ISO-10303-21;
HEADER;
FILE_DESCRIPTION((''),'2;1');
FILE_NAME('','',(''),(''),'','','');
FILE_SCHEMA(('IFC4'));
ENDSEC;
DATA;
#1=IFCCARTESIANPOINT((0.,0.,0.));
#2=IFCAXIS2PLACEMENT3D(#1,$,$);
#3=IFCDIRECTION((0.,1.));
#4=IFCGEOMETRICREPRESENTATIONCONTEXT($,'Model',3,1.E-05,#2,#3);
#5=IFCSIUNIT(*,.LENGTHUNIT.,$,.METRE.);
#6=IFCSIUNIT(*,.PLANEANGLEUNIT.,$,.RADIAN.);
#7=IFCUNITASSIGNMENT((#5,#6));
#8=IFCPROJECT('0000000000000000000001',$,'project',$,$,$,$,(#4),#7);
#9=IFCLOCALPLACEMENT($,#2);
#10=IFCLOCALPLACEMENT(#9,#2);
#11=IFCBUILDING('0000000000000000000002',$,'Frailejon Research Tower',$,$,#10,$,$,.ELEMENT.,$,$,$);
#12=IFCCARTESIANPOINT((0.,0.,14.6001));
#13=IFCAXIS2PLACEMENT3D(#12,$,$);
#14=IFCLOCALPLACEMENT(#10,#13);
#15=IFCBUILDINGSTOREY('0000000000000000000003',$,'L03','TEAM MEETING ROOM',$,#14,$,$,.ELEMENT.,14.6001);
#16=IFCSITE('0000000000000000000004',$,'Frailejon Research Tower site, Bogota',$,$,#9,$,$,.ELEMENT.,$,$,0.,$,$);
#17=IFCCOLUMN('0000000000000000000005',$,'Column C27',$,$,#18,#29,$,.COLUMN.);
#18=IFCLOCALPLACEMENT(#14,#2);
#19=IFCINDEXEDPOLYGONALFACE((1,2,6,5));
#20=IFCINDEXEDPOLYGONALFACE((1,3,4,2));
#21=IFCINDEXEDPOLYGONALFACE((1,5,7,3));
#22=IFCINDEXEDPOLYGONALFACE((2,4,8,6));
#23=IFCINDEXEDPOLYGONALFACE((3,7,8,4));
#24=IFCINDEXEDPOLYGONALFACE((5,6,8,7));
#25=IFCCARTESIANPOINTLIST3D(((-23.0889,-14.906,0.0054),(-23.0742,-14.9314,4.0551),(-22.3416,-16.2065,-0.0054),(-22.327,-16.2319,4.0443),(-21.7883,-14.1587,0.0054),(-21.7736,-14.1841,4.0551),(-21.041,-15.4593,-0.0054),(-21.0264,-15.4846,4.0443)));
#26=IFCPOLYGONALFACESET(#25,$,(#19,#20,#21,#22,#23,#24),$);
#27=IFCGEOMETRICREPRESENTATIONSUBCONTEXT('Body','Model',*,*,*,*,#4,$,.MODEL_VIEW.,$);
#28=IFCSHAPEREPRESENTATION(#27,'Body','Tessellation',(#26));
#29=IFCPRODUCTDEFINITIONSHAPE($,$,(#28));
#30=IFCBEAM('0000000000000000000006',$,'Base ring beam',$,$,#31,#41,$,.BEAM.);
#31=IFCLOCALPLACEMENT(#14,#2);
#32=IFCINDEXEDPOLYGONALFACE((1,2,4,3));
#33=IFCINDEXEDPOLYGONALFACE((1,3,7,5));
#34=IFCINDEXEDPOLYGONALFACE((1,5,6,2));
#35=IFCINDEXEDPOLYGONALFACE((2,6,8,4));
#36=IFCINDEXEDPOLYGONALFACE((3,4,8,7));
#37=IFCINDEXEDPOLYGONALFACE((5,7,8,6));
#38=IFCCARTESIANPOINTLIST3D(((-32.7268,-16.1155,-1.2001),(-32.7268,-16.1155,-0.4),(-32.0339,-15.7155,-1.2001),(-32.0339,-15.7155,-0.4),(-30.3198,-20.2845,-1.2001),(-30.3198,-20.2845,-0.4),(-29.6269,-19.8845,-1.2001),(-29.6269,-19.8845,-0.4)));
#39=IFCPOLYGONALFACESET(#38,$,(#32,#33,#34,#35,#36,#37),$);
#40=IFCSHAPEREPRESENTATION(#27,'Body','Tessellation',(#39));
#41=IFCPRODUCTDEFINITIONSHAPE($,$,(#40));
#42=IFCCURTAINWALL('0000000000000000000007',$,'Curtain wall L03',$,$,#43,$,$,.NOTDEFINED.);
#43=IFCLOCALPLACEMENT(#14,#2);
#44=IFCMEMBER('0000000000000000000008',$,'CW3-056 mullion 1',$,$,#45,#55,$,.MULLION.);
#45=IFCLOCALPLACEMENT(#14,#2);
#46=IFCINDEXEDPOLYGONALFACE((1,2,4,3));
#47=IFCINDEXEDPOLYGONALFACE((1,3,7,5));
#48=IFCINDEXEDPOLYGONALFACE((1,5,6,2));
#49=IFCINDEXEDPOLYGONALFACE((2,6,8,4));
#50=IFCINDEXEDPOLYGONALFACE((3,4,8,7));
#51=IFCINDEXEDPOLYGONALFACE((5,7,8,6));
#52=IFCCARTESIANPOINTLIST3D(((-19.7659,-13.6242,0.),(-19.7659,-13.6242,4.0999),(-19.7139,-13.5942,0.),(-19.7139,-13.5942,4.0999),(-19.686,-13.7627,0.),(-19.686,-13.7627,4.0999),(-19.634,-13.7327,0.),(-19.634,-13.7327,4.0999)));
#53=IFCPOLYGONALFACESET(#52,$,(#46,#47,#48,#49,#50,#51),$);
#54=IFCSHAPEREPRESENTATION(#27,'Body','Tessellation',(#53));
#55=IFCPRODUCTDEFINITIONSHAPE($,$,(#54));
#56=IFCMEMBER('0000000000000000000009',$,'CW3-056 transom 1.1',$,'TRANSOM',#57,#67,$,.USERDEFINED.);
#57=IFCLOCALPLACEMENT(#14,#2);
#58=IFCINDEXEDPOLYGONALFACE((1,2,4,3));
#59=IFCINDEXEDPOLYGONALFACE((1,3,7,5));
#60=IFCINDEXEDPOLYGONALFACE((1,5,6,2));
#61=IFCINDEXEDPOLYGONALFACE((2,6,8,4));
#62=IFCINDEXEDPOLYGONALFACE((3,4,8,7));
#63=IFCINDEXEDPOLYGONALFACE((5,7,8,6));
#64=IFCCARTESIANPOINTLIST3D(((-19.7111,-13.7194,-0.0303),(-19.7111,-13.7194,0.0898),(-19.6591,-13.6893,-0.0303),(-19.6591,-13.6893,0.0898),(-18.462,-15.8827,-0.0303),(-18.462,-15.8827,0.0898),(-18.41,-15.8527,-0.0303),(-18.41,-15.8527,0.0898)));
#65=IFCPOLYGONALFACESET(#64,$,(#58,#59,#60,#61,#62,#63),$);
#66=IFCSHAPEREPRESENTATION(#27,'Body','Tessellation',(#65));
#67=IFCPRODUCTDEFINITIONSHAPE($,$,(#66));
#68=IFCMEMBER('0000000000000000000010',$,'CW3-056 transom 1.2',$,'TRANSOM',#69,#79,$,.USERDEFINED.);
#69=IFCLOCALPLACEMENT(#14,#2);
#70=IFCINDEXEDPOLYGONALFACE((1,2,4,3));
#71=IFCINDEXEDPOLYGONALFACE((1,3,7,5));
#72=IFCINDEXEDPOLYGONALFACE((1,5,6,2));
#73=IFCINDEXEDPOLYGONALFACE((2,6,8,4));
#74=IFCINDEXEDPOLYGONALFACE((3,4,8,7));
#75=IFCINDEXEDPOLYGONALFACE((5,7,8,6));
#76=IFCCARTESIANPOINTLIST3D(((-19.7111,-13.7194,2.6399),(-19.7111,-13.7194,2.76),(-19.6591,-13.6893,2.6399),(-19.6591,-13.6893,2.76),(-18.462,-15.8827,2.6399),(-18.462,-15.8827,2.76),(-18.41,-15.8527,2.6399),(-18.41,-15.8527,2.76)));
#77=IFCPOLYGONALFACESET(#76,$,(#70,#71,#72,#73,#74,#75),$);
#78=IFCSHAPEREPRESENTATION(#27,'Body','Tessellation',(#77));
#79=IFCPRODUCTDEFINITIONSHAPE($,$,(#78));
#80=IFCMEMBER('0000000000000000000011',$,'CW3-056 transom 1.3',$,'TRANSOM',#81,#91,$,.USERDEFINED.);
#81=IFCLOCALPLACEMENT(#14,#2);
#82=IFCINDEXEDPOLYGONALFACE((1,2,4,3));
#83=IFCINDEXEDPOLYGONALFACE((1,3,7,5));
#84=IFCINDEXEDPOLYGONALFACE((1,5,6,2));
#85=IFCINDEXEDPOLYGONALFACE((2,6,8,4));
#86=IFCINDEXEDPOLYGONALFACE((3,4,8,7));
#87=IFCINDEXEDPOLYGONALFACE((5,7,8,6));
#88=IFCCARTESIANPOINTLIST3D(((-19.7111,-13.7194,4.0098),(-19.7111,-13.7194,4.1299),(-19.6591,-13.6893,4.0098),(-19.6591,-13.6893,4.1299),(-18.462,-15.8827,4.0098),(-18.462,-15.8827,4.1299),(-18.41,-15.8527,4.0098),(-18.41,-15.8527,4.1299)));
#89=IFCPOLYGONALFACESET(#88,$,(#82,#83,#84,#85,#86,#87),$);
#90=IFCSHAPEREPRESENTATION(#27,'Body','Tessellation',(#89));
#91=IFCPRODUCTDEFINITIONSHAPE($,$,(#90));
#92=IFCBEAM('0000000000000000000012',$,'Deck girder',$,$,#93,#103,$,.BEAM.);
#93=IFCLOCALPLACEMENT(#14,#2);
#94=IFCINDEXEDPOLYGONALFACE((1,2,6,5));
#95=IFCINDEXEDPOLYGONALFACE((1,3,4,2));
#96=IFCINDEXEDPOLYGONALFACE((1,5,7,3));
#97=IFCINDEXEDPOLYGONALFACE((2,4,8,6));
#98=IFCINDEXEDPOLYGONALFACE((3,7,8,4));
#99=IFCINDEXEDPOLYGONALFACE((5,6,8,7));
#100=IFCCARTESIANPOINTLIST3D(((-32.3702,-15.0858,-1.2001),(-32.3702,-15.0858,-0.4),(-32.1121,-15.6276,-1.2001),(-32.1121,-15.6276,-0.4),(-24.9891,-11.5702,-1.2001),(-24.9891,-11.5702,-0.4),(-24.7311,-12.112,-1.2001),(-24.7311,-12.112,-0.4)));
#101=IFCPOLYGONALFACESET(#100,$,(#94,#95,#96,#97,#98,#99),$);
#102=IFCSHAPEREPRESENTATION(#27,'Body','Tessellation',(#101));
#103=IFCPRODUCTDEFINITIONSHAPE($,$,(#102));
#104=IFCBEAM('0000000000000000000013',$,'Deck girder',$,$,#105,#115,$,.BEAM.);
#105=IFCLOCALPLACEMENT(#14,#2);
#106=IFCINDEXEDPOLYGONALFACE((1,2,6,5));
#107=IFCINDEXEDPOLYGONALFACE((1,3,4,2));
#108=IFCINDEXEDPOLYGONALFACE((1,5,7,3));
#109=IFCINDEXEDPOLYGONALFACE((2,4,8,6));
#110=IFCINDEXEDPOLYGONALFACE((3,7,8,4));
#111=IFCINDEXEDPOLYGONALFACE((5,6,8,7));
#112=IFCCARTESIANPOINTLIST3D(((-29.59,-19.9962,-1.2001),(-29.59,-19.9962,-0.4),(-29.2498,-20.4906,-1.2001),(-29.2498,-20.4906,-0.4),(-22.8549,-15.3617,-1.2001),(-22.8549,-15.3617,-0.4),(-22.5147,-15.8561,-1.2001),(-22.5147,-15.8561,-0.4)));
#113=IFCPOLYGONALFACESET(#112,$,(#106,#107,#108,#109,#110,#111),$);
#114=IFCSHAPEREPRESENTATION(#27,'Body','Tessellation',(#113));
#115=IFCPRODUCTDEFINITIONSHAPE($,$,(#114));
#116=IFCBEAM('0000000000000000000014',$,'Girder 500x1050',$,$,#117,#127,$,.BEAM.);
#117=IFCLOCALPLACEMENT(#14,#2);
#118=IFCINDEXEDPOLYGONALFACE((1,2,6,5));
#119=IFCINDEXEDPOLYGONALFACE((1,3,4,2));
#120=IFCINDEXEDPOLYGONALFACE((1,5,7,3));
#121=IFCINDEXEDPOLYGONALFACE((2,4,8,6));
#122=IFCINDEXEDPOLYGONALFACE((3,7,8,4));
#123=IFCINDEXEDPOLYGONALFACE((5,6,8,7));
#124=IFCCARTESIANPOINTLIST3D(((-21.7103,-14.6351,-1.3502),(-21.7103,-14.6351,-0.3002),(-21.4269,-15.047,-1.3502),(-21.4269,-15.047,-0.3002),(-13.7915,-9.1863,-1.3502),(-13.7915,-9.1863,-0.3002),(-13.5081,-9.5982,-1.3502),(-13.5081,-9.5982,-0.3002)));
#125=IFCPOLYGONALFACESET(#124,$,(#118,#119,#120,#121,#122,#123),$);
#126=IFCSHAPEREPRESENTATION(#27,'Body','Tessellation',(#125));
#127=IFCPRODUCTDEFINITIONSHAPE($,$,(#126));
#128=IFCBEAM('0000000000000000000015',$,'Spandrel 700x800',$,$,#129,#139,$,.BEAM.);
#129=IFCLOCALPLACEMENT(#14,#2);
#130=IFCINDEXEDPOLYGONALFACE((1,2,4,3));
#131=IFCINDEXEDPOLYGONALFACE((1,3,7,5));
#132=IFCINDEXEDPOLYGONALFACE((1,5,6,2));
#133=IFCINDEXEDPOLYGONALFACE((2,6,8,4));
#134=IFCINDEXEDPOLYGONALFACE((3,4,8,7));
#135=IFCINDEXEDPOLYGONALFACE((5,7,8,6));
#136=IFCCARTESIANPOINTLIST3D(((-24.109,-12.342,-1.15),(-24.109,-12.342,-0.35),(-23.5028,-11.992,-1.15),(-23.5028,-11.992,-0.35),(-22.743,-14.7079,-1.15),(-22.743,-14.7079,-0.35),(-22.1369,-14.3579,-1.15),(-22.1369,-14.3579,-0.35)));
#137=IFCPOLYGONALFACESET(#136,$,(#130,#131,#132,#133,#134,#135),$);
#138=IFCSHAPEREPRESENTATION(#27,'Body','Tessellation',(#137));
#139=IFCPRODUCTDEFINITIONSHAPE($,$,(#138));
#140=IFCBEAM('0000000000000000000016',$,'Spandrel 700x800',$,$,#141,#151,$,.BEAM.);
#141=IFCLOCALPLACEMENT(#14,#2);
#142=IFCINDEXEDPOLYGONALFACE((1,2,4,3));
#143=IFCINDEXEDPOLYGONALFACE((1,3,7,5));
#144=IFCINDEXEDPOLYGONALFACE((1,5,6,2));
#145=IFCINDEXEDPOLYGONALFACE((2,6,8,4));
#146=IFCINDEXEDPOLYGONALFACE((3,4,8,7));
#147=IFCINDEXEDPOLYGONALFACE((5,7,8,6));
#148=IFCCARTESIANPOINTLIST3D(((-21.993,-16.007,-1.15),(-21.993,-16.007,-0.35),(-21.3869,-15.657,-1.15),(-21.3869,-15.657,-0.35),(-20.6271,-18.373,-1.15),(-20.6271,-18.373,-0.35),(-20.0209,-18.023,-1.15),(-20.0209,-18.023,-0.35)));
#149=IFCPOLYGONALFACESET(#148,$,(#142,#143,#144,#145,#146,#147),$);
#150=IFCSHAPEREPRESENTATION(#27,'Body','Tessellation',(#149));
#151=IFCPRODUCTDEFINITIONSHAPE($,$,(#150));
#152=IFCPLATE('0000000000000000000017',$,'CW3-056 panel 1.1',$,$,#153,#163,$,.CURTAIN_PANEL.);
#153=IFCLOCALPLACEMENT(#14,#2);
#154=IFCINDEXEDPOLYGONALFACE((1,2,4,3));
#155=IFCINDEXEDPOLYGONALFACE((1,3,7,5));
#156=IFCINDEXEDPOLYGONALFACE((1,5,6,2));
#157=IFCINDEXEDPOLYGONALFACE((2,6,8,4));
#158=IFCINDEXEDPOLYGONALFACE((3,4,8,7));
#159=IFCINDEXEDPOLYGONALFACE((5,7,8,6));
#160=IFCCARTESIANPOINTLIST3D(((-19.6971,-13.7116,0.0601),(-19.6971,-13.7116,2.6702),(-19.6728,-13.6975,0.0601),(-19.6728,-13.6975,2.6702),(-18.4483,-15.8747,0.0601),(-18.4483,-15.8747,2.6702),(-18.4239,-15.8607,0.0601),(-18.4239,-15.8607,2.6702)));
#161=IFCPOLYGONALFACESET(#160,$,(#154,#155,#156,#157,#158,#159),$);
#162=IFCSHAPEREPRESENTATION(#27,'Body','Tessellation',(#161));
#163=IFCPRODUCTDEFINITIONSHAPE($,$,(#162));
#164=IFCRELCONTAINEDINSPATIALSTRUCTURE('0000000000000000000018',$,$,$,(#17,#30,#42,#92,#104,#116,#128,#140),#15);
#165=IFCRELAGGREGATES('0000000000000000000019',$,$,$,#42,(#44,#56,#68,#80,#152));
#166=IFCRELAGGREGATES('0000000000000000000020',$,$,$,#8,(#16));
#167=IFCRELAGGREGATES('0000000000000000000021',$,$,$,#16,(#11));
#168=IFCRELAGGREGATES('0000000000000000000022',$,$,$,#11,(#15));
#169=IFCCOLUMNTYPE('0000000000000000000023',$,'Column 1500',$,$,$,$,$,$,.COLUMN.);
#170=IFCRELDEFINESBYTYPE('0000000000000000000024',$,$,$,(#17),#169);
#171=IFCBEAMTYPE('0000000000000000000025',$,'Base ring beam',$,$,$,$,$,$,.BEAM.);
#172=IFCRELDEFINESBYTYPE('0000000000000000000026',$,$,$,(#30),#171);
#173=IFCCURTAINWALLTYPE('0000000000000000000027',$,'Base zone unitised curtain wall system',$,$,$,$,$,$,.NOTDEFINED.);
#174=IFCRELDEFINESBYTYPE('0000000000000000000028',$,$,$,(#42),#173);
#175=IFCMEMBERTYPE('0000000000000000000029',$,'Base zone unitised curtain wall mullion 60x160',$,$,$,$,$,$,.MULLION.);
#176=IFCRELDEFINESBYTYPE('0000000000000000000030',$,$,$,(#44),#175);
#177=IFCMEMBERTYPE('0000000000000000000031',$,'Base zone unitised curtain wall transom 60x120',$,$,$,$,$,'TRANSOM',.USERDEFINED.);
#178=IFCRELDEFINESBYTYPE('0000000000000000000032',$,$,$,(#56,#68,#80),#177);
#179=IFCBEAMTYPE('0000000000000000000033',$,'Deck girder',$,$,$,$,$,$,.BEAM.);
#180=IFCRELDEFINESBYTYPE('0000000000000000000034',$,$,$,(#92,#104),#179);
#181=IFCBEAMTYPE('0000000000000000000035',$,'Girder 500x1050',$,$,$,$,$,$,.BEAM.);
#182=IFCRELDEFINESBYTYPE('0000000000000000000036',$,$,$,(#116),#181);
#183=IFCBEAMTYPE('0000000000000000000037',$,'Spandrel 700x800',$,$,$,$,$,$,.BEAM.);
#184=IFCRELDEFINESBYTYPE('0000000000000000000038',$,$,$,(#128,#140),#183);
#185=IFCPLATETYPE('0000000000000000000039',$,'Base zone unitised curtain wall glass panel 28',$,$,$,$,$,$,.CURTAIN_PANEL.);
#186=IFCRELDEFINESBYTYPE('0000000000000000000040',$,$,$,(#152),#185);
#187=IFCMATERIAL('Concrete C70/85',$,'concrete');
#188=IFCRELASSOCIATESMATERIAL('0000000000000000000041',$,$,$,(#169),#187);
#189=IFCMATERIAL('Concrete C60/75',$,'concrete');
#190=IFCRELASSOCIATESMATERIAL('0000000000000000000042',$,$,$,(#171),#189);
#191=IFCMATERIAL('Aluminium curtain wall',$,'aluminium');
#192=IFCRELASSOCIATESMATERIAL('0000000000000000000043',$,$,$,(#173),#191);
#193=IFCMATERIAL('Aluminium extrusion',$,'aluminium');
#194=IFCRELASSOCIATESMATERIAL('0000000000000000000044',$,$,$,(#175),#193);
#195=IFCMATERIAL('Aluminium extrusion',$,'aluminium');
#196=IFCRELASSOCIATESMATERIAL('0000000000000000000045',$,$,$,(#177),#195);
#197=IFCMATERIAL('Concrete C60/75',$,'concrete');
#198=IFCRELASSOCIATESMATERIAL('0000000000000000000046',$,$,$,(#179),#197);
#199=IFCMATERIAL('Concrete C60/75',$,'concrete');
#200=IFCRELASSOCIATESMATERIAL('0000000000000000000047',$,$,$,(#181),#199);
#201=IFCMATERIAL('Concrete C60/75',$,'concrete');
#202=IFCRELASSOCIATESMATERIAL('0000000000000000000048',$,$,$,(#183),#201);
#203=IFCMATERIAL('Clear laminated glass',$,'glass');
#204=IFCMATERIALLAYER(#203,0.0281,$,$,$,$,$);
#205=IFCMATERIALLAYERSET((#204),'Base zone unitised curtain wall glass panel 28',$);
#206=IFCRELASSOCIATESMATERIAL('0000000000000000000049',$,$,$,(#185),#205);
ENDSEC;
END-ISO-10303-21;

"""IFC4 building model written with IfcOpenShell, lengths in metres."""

from ifc_helpers import new_model, si_unit, direction, frame, origin, origin_2d, place, context, subcontext, project, spatial, rectangle, extrude, material, layer, layer_set, material_profile, profile_set, type_object, element, aggregate, save


model = new_model("IFC4")

# Units and contexts
model_context = context("Model", 3, precision=1e-05, world=origin(), true_north=direction((0.0, 1.0)))
body_context = subcontext(model_context, "Body", "Model", "MODEL_VIEW")
ifc_project = project(units=[si_unit("LENGTHUNIT", "METRE"), si_unit("PLANEANGLEUNIT", "RADIAN")], contexts=[model_context])

# Site, building, storey
site_placement = place(None, origin())
site = spatial("IfcSite", under=ifc_project, at=site_placement, Name="Frailejon Research Tower site, Bogota", CompositionType="ELEMENT", RefElevation=0.0)
building_placement = place(site_placement, origin())
building = spatial("IfcBuilding", under=site, at=building_placement, Name="Frailejon Research Tower", CompositionType="ELEMENT")
storey_placement = place(building_placement, frame((0.0, 0.0, 14.6001)))
storey = spatial("IfcBuildingStorey", under=building, at=storey_placement, Name="L03", Description="TEAM MEETING ROOM", CompositionType="ELEMENT", Elevation=14.6001)

# Column
ifc_material_1 = material(Name="Concrete C70/85", Category="concrete")
ifc_material_profile_1 = material_profile(ifc_material_1, rectangle(XDim=1.5, YDim=1.5, at=origin_2d()), Name="Column 1500")
ifc_profile_set_1 = profile_set([ifc_material_profile_1], Name="Concrete C70/85")
column_type = type_object("IfcColumnType", Name="Column 1500", PredefinedType="COLUMN", material=ifc_profile_set_1)
column_placement = place(storey_placement, frame((-22.0649, -15.1826, 0.0), z_axis=(0.003617, -0.006269, 0.999974), x_axis=(0.498177, -0.867045, -0.007238)))
element("IfcColumn", 1, at=column_placement, inside=storey, type_object=column_type, Name="Column C27", PredefinedType="COLUMN", context=body_context, shape_type="SweptSolid", body=[
    extrude(rectangle(XDim=1.5, YDim=1.5, at=origin_2d()), origin(), (0.0, 0.0, 1.0), 4.0498),
])

# Beam
ifc_material_2 = material(Name="Concrete C60/75", Category="concrete")
ifc_material_profile_2 = material_profile(ifc_material_2, rectangle(XDim=0.8, YDim=0.8, at=origin_2d()), Name="Base ring beam")
ifc_profile_set_2 = profile_set([ifc_material_profile_2], Name="Concrete C60/75")
beam_type_1 = type_object("IfcBeamType", Name="Base ring beam", PredefinedType="BEAM", material=ifc_profile_set_2)
beam_1_placement = place(storey_placement, frame((-32.3804, -15.9155, -0.8), z_axis=(0.500006, -0.866022, 0.0), x_axis=(0.866022, 0.500006, 0.0)))
element("IfcBeam", 2, at=beam_1_placement, inside=storey, type_object=beam_type_1, Name="Base ring beam", PredefinedType="BEAM", context=body_context, shape_type="SweptSolid", body=[
    extrude(rectangle(XDim=0.8, YDim=0.8, at=origin_2d()), origin(), (0.0, 0.0, 1.0), 4.814),
])

# Curtain wall, members
ifc_material_3 = material(Name="Aluminium curtain wall", Category="aluminium")
curtain_wall_type = type_object("IfcCurtainWallType", Name="Base zone unitised curtain wall system", PredefinedType="NOTDEFINED", material=ifc_material_3)
curtain_wall_placement = place(storey_placement, origin())
curtain_wall = element("IfcCurtainWall", 3, at=curtain_wall_placement, inside=storey, type_object=curtain_wall_type, Name="Curtain wall L03", PredefinedType="NOTDEFINED")
ifc_material_4 = material(Name="Aluminium extrusion", Category="aluminium")
ifc_material_profile_3 = material_profile(ifc_material_4, rectangle(XDim=0.0601, YDim=0.1599, at=origin_2d()), Name="Base zone unitised curtain wall mullion 60x160")
ifc_profile_set_3 = profile_set([ifc_material_profile_3], Name="Aluminium extrusion")
member_type_1 = type_object("IfcMemberType", Name="Base zone unitised curtain wall mullion 60x160", PredefinedType="MULLION", material=ifc_profile_set_3)
member_1_placement = place(storey_placement, frame((-19.7, -13.6785, 0.0), z_axis=(0.0, 0.0, 1.0), x_axis=(0.866029, 0.499993, 0.0)))
member_1 = element("IfcMember", 4, at=member_1_placement, type_object=member_type_1, Name="CW3-056 mullion 1", PredefinedType="MULLION", context=body_context, shape_type="SweptSolid", body=[
    extrude(rectangle(XDim=0.0601, YDim=0.1599, at=origin_2d()), origin(), (0.0, 0.0, 1.0), 4.0999),
])
ifc_material_5 = material(Name="Aluminium extrusion", Category="aluminium")
ifc_material_profile_4 = material_profile(ifc_material_5, rectangle(XDim=0.0601, YDim=0.1201, at=origin_2d()), Name="Base zone unitised curtain wall transom 60x120")
ifc_profile_set_4 = profile_set([ifc_material_profile_4], Name="Aluminium extrusion")
member_type_2 = type_object("IfcMemberType", Name="Base zone unitised curtain wall transom 60x120", ElementType="TRANSOM", PredefinedType="USERDEFINED", material=ifc_profile_set_4)
member_2_placement = place(storey_placement, frame((-19.6851, -13.7043, 0.0298), z_axis=(0.500007, -0.866021, 0.0), x_axis=(0.866021, 0.500007, 0.0)))
member_2 = element("IfcMember", 5, at=member_2_placement, type_object=member_type_2, Name="CW3-056 transom 1.1", ObjectType="TRANSOM", PredefinedType="USERDEFINED", context=body_context, shape_type="SweptSolid", body=[
    extrude(rectangle(XDim=0.0601, YDim=0.1201, at=origin_2d()), origin(), (0.0, 0.0, 1.0), 2.498),
])
member_3_placement = place(storey_placement, frame((-19.6851, -13.7043, 2.7), z_axis=(0.500007, -0.866021, 0.0), x_axis=(0.866021, 0.500007, 0.0)))
member_3 = element("IfcMember", 6, at=member_3_placement, type_object=member_type_2, Name="CW3-056 transom 1.2", ObjectType="TRANSOM", PredefinedType="USERDEFINED", context=body_context, shape_type="SweptSolid", body=[
    extrude(rectangle(XDim=0.0601, YDim=0.1201, at=origin_2d()), origin(), (0.0, 0.0, 1.0), 2.498),
])
member_4_placement = place(storey_placement, frame((-19.6851, -13.7043, 4.0698), z_axis=(0.500007, -0.866021, 0.0), x_axis=(0.866021, 0.500007, 0.0)))
member_4 = element("IfcMember", 7, at=member_4_placement, type_object=member_type_2, Name="CW3-056 transom 1.3", ObjectType="TRANSOM", PredefinedType="USERDEFINED", context=body_context, shape_type="SweptSolid", body=[
    extrude(rectangle(XDim=0.0601, YDim=0.1201, at=origin_2d()), origin(), (0.0, 0.0, 1.0), 2.498),
])

# Beams
ifc_material_6 = material(Name="Concrete C60/75", Category="concrete")
ifc_material_profile_5 = material_profile(ifc_material_6, rectangle(XDim=0.6001, YDim=0.8, at=origin_2d()), Name="Deck girder")
ifc_profile_set_5 = profile_set([ifc_material_profile_5], Name="Concrete C60/75")
beam_type_2 = type_object("IfcBeamType", Name="Deck girder", PredefinedType="BEAM", material=ifc_profile_set_5)
for number, where, z_axis, x_axis, name in (
    (8, (-24.8601, -11.8411, -0.8), (-0.902822, -0.430015, 0.0), (0.430015, -0.902822, 0.0), "Deck girder"),
    (9, (-22.6848, -15.6089, -0.8), (-0.823806, -0.566872, 0.0), (0.566872, -0.823806, 0.0), "Deck girder"),
):
    element("IfcBeam", number, at=place(storey_placement, frame(where, z_axis=z_axis, x_axis=x_axis)), inside=storey, type_object=beam_type_2, Name=name, PredefinedType="BEAM", context=body_context, shape_type="SweptSolid", body=[
        extrude(rectangle(XDim=0.6001, YDim=0.8, at=origin_2d()), origin(), (0.0, 0.0, 1.0), 8.1755),
    ])
ifc_material_7 = material(Name="Concrete C60/75", Category="concrete")
ifc_material_profile_6 = material_profile(ifc_material_7, rectangle(XDim=0.5, YDim=1.05, at=origin_2d()), Name="Girder 500x1050")
ifc_profile_set_6 = profile_set([ifc_material_profile_6], Name="Concrete C60/75")
beam_type_3 = type_object("IfcBeamType", Name="Girder 500x1050", PredefinedType="BEAM", material=ifc_profile_set_6)
beam_2_placement = place(storey_placement, frame((-21.5686, -14.8411, -0.8252), z_axis=(0.823817, 0.566855, 0.0), x_axis=(-0.566855, 0.823817, 0.0)))
element("IfcBeam", 10, at=beam_2_placement, inside=storey, type_object=beam_type_3, Name="Girder 500x1050", PredefinedType="BEAM", context=body_context, shape_type="SweptSolid", body=[
    extrude(rectangle(XDim=0.5, YDim=1.05, at=origin_2d()), origin(), (0.0, 0.0, 1.0), 9.6123),
])
ifc_material_8 = material(Name="Concrete C60/75", Category="concrete")
ifc_material_profile_7 = material_profile(ifc_material_8, rectangle(XDim=0.7, YDim=0.8, at=origin_2d()), Name="Spandrel 700x800")
ifc_profile_set_7 = profile_set([ifc_material_profile_7], Name="Concrete C60/75")
beam_type_4 = type_object("IfcBeamType", Name="Spandrel 700x800", PredefinedType="BEAM", material=ifc_profile_set_7)
for number, where, z_axis, x_axis, name in (
    (11, (-23.8059, -12.167, -0.75), (0.499993, -0.866029, 0.0), (0.866029, 0.499993, 0.0), "Spandrel 700x800"),
    (12, (-21.6899, -15.832, -0.75), (0.499993, -0.866029, 0.0), (0.866029, 0.499993, 0.0), "Spandrel 700x800"),
):
    element("IfcBeam", number, at=place(storey_placement, frame(where, z_axis=z_axis, x_axis=x_axis)), inside=storey, type_object=beam_type_4, Name=name, PredefinedType="BEAM", context=body_context, shape_type="SweptSolid", body=[
        extrude(rectangle(XDim=0.7, YDim=0.8, at=origin_2d()), origin(), (0.0, 0.0, 1.0), 2.7319),
    ])

# Plate
ifc_material_9 = material(Name="Clear laminated glass", Category="glass")
ifc_layer = layer(ifc_material_9, 0.0281)
ifc_layer_set = layer_set([ifc_layer], Name="Base zone unitised curtain wall glass panel 28")
plate_type = type_object("IfcPlateType", Name="Base zone unitised curtain wall glass panel 28", PredefinedType="CURTAIN_PANEL", material=ifc_layer_set)
plate_placement = place(storey_placement, frame((-19.0605, -14.7861, 0.0601), z_axis=(0.0, 0.0, 1.0), x_axis=(0.499993, -0.866029, 0.0)))
plate = element("IfcPlate", 13, at=plate_placement, type_object=plate_type, Name="CW3-056 panel 1.1", PredefinedType="CURTAIN_PANEL", context=body_context, shape_type="SweptSolid", body=[
    extrude(rectangle(XDim=2.4978, YDim=0.0281, at=origin_2d()), origin(), (0.0, 0.0, 1.0), 2.6101),
])
aggregate(curtain_wall, [member_1, member_2, member_3, member_4, plate])

save(model, "model.ifc")
